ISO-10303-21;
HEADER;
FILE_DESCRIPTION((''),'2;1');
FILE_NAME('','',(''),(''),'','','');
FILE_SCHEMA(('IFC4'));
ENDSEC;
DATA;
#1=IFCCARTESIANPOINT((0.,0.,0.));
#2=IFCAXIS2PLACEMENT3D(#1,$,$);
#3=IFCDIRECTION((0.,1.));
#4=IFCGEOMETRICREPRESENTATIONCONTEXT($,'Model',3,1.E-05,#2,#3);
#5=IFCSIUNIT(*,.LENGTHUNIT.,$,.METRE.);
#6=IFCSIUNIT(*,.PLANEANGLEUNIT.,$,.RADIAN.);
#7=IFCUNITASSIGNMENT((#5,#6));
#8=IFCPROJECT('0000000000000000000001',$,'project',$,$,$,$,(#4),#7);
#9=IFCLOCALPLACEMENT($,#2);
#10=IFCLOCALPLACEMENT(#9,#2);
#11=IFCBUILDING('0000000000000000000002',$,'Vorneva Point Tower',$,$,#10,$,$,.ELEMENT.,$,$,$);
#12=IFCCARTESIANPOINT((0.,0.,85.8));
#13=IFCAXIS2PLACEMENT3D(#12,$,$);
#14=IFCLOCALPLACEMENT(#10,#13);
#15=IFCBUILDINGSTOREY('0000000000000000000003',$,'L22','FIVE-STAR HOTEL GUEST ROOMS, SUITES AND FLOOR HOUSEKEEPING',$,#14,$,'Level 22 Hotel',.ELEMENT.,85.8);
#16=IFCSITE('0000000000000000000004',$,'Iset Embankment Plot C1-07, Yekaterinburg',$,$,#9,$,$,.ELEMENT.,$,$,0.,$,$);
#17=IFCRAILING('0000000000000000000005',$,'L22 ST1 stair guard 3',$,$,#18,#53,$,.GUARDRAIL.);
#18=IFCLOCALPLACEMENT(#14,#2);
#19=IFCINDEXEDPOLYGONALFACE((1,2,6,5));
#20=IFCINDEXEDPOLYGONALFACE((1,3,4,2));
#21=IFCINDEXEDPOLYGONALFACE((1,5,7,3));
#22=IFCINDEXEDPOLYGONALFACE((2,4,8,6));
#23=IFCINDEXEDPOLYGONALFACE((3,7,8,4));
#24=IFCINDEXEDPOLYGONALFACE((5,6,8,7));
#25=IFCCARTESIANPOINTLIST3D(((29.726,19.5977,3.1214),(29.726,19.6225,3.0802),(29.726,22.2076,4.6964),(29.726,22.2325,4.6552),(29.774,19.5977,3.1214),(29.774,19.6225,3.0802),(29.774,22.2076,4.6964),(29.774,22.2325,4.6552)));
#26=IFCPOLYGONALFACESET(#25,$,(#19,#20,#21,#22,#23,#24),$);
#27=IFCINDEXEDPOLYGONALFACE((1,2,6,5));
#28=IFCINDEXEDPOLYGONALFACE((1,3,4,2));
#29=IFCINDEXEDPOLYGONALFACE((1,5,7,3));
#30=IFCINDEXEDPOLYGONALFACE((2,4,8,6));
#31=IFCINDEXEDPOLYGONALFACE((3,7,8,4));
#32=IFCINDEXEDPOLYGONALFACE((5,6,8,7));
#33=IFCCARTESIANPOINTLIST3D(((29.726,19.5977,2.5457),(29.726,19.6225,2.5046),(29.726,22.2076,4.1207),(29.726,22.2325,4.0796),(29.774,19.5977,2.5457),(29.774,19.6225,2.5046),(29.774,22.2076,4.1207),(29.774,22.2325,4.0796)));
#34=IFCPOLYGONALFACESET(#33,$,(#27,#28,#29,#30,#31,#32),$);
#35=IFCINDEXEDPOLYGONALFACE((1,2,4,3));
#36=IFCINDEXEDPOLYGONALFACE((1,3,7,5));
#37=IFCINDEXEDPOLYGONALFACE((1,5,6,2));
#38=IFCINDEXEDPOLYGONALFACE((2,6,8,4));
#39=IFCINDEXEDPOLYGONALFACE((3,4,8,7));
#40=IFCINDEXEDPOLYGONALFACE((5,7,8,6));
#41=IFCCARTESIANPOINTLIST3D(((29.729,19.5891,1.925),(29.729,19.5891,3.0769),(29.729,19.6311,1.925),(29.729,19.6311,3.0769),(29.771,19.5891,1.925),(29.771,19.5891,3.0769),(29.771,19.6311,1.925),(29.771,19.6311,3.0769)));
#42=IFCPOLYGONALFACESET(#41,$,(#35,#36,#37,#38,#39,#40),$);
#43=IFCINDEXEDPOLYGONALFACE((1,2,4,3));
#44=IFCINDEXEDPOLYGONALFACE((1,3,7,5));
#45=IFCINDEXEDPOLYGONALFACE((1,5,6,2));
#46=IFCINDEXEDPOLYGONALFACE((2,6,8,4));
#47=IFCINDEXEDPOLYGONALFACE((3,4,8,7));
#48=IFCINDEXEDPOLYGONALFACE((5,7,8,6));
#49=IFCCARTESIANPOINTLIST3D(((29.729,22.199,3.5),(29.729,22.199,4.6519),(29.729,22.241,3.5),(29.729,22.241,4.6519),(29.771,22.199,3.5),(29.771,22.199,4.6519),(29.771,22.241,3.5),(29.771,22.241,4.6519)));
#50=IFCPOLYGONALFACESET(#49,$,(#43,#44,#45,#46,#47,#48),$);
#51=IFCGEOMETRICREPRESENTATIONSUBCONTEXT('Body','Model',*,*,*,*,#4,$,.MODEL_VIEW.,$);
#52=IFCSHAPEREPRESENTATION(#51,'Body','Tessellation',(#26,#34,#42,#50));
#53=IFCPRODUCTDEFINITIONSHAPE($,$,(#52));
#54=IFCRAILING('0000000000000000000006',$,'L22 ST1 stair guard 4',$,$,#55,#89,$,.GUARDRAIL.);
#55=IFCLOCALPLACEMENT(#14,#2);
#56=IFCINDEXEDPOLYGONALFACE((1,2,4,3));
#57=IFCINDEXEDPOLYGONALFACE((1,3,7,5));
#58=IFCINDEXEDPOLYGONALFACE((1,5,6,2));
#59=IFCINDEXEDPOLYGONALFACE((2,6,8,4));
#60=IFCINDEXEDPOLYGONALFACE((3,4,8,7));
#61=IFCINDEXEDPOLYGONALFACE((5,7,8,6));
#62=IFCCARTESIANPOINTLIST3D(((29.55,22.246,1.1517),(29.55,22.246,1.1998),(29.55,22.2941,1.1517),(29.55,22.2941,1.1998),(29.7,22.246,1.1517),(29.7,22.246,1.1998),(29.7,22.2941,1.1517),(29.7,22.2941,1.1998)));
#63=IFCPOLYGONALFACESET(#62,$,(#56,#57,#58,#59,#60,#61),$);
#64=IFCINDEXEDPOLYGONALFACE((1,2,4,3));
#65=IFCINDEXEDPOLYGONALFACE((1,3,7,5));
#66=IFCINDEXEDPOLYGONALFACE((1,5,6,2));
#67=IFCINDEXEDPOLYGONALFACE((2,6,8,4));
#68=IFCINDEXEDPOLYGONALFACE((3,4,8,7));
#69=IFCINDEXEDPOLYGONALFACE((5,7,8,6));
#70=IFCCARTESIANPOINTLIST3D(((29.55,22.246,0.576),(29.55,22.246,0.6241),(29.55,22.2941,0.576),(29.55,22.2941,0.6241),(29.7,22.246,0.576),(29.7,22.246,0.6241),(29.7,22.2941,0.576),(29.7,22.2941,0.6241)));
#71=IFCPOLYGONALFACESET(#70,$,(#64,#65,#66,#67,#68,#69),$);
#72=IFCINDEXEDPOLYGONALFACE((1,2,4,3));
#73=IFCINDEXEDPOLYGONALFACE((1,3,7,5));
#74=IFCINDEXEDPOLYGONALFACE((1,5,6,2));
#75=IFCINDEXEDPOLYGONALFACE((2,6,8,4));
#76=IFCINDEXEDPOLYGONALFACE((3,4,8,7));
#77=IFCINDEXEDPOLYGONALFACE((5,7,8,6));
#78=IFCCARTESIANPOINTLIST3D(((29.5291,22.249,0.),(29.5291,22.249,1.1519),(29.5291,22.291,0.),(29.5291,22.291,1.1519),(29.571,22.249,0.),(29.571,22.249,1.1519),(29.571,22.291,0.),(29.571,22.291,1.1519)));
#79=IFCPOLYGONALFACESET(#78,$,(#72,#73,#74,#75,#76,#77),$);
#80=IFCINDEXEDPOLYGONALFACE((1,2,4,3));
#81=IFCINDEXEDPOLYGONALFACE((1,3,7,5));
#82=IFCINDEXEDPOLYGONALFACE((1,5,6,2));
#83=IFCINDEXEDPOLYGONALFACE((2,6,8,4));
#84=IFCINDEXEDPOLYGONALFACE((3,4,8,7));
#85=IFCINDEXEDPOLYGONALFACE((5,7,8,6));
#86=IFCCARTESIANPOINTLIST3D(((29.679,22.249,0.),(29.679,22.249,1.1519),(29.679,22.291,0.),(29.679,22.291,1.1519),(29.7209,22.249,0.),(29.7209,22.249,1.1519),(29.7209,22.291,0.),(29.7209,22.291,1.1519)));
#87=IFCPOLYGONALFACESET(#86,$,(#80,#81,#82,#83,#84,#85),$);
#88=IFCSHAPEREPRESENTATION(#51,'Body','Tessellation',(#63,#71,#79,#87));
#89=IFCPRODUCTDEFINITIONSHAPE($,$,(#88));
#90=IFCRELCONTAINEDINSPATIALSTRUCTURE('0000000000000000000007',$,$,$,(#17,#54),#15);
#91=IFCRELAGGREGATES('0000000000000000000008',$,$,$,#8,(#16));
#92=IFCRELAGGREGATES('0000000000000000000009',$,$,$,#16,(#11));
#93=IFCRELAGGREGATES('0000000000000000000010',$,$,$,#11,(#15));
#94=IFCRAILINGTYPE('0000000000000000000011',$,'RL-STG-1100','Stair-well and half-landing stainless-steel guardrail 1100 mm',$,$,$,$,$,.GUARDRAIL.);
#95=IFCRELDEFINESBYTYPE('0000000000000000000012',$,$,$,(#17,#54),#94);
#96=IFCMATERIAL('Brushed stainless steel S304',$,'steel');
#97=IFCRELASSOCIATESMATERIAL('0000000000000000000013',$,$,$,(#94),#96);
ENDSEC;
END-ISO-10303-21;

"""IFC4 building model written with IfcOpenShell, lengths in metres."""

from ifc_helpers import new_model, si_unit, direction, frame, origin, origin_2d, place, context, subcontext, project, spatial, rectangle, extrude, material, type_object, element, save


model = new_model("IFC4")

# Units and contexts
model_context = context("Model", 3, precision=1e-05, world=origin(), true_north=direction((0.0, 1.0)))
body_context = subcontext(model_context, "Body", "Model", "MODEL_VIEW")
ifc_project = project(units=[si_unit("LENGTHUNIT", "METRE"), si_unit("PLANEANGLEUNIT", "RADIAN")], contexts=[model_context])

# Site, building, storey
site_placement = place(None, origin())
site = spatial("IfcSite", under=ifc_project, at=site_placement, Name="Iset Embankment Plot C1-07, Yekaterinburg", CompositionType="ELEMENT", RefElevation=0.0)
building_placement = place(site_placement, origin())
building = spatial("IfcBuilding", under=site, at=building_placement, Name="Vorneva Point Tower", CompositionType="ELEMENT")
storey_placement = place(building_placement, frame((0.0, 0.0, 85.8)))
storey = spatial("IfcBuildingStorey", under=building, at=storey_placement, Name="L22", Description="FIVE-STAR HOTEL GUEST ROOMS, SUITES AND FLOOR HOUSEKEEPING", LongName="Level 22 Hotel", CompositionType="ELEMENT", Elevation=85.8)

# Railings
ifc_material_1 = material(Name="Brushed stainless steel S304", Category="steel")
railing_type_1 = type_object("IfcRailingType", Name="RL-STG-1100", Description="Stair-well and half-landing stainless-steel guardrail 1100 mm", PredefinedType="GUARDRAIL", material=ifc_material_1)
railing_1_placement = place(storey_placement, frame((29.75, 19.6101, 1.925)))
element("IfcRailing", 1, at=railing_1_placement, inside=storey, type_object=railing_type_1, Name="L22 ST1 stair guard 3", PredefinedType="GUARDRAIL", context=body_context, shape_type="SweptSolid", body=[
    extrude(rectangle(XDim=0.0481, YDim=0.0481, at=origin_2d()), frame((0.0, 0.0, 1.1758), z_axis=(0.0, 0.856183, 0.516673), x_axis=(-1.0, 0.0, 0.0)), (0.0, 0.0, 1.0), 3.0483),
    extrude(rectangle(XDim=0.0481, YDim=0.0481, at=origin_2d()), frame((0.0, 0.0, 0.6001), z_axis=(0.0, 0.856183, 0.516673), x_axis=(-1.0, 0.0, 0.0)), (0.0, 0.0, 1.0), 3.0483),
    extrude(rectangle(XDim=0.042, YDim=0.042, at=origin_2d()), origin(), (0.0, 0.0, 1.0), 1.1519),
    extrude(rectangle(XDim=0.042, YDim=0.042, at=origin_2d()), frame((0.0, 2.6099, 1.575)), (0.0, 0.0, 1.0), 1.1519),
])
railing_2_placement = place(storey_placement, frame((29.55, 22.27, 0.0)))
element("IfcRailing", 2, at=railing_2_placement, inside=storey, type_object=railing_type_1, Name="L22 ST1 stair guard 4", PredefinedType="GUARDRAIL", context=body_context, shape_type="SweptSolid", body=[
    extrude(rectangle(XDim=0.0481, YDim=0.0481, at=origin_2d()), frame((0.0, 0.0, 1.1758), z_axis=(1.0, 0.0, 0.0), x_axis=(0.0, 1.0, 0.0)), (0.0, 0.0, 1.0), 0.1499),
    extrude(rectangle(XDim=0.0481, YDim=0.0481, at=origin_2d()), frame((0.0, 0.0, 0.6001), z_axis=(1.0, 0.0, 0.0), x_axis=(0.0, 1.0, 0.0)), (0.0, 0.0, 1.0), 0.1499),
    extrude(rectangle(XDim=0.042, YDim=0.042, at=origin_2d()), origin(), (0.0, 0.0, 1.0), 1.1519),
    extrude(rectangle(XDim=0.042, YDim=0.042, at=origin_2d()), frame((0.1499, 0.0, 0.0)), (0.0, 0.0, 1.0), 1.1519),
])

save(model, "model.ifc")
